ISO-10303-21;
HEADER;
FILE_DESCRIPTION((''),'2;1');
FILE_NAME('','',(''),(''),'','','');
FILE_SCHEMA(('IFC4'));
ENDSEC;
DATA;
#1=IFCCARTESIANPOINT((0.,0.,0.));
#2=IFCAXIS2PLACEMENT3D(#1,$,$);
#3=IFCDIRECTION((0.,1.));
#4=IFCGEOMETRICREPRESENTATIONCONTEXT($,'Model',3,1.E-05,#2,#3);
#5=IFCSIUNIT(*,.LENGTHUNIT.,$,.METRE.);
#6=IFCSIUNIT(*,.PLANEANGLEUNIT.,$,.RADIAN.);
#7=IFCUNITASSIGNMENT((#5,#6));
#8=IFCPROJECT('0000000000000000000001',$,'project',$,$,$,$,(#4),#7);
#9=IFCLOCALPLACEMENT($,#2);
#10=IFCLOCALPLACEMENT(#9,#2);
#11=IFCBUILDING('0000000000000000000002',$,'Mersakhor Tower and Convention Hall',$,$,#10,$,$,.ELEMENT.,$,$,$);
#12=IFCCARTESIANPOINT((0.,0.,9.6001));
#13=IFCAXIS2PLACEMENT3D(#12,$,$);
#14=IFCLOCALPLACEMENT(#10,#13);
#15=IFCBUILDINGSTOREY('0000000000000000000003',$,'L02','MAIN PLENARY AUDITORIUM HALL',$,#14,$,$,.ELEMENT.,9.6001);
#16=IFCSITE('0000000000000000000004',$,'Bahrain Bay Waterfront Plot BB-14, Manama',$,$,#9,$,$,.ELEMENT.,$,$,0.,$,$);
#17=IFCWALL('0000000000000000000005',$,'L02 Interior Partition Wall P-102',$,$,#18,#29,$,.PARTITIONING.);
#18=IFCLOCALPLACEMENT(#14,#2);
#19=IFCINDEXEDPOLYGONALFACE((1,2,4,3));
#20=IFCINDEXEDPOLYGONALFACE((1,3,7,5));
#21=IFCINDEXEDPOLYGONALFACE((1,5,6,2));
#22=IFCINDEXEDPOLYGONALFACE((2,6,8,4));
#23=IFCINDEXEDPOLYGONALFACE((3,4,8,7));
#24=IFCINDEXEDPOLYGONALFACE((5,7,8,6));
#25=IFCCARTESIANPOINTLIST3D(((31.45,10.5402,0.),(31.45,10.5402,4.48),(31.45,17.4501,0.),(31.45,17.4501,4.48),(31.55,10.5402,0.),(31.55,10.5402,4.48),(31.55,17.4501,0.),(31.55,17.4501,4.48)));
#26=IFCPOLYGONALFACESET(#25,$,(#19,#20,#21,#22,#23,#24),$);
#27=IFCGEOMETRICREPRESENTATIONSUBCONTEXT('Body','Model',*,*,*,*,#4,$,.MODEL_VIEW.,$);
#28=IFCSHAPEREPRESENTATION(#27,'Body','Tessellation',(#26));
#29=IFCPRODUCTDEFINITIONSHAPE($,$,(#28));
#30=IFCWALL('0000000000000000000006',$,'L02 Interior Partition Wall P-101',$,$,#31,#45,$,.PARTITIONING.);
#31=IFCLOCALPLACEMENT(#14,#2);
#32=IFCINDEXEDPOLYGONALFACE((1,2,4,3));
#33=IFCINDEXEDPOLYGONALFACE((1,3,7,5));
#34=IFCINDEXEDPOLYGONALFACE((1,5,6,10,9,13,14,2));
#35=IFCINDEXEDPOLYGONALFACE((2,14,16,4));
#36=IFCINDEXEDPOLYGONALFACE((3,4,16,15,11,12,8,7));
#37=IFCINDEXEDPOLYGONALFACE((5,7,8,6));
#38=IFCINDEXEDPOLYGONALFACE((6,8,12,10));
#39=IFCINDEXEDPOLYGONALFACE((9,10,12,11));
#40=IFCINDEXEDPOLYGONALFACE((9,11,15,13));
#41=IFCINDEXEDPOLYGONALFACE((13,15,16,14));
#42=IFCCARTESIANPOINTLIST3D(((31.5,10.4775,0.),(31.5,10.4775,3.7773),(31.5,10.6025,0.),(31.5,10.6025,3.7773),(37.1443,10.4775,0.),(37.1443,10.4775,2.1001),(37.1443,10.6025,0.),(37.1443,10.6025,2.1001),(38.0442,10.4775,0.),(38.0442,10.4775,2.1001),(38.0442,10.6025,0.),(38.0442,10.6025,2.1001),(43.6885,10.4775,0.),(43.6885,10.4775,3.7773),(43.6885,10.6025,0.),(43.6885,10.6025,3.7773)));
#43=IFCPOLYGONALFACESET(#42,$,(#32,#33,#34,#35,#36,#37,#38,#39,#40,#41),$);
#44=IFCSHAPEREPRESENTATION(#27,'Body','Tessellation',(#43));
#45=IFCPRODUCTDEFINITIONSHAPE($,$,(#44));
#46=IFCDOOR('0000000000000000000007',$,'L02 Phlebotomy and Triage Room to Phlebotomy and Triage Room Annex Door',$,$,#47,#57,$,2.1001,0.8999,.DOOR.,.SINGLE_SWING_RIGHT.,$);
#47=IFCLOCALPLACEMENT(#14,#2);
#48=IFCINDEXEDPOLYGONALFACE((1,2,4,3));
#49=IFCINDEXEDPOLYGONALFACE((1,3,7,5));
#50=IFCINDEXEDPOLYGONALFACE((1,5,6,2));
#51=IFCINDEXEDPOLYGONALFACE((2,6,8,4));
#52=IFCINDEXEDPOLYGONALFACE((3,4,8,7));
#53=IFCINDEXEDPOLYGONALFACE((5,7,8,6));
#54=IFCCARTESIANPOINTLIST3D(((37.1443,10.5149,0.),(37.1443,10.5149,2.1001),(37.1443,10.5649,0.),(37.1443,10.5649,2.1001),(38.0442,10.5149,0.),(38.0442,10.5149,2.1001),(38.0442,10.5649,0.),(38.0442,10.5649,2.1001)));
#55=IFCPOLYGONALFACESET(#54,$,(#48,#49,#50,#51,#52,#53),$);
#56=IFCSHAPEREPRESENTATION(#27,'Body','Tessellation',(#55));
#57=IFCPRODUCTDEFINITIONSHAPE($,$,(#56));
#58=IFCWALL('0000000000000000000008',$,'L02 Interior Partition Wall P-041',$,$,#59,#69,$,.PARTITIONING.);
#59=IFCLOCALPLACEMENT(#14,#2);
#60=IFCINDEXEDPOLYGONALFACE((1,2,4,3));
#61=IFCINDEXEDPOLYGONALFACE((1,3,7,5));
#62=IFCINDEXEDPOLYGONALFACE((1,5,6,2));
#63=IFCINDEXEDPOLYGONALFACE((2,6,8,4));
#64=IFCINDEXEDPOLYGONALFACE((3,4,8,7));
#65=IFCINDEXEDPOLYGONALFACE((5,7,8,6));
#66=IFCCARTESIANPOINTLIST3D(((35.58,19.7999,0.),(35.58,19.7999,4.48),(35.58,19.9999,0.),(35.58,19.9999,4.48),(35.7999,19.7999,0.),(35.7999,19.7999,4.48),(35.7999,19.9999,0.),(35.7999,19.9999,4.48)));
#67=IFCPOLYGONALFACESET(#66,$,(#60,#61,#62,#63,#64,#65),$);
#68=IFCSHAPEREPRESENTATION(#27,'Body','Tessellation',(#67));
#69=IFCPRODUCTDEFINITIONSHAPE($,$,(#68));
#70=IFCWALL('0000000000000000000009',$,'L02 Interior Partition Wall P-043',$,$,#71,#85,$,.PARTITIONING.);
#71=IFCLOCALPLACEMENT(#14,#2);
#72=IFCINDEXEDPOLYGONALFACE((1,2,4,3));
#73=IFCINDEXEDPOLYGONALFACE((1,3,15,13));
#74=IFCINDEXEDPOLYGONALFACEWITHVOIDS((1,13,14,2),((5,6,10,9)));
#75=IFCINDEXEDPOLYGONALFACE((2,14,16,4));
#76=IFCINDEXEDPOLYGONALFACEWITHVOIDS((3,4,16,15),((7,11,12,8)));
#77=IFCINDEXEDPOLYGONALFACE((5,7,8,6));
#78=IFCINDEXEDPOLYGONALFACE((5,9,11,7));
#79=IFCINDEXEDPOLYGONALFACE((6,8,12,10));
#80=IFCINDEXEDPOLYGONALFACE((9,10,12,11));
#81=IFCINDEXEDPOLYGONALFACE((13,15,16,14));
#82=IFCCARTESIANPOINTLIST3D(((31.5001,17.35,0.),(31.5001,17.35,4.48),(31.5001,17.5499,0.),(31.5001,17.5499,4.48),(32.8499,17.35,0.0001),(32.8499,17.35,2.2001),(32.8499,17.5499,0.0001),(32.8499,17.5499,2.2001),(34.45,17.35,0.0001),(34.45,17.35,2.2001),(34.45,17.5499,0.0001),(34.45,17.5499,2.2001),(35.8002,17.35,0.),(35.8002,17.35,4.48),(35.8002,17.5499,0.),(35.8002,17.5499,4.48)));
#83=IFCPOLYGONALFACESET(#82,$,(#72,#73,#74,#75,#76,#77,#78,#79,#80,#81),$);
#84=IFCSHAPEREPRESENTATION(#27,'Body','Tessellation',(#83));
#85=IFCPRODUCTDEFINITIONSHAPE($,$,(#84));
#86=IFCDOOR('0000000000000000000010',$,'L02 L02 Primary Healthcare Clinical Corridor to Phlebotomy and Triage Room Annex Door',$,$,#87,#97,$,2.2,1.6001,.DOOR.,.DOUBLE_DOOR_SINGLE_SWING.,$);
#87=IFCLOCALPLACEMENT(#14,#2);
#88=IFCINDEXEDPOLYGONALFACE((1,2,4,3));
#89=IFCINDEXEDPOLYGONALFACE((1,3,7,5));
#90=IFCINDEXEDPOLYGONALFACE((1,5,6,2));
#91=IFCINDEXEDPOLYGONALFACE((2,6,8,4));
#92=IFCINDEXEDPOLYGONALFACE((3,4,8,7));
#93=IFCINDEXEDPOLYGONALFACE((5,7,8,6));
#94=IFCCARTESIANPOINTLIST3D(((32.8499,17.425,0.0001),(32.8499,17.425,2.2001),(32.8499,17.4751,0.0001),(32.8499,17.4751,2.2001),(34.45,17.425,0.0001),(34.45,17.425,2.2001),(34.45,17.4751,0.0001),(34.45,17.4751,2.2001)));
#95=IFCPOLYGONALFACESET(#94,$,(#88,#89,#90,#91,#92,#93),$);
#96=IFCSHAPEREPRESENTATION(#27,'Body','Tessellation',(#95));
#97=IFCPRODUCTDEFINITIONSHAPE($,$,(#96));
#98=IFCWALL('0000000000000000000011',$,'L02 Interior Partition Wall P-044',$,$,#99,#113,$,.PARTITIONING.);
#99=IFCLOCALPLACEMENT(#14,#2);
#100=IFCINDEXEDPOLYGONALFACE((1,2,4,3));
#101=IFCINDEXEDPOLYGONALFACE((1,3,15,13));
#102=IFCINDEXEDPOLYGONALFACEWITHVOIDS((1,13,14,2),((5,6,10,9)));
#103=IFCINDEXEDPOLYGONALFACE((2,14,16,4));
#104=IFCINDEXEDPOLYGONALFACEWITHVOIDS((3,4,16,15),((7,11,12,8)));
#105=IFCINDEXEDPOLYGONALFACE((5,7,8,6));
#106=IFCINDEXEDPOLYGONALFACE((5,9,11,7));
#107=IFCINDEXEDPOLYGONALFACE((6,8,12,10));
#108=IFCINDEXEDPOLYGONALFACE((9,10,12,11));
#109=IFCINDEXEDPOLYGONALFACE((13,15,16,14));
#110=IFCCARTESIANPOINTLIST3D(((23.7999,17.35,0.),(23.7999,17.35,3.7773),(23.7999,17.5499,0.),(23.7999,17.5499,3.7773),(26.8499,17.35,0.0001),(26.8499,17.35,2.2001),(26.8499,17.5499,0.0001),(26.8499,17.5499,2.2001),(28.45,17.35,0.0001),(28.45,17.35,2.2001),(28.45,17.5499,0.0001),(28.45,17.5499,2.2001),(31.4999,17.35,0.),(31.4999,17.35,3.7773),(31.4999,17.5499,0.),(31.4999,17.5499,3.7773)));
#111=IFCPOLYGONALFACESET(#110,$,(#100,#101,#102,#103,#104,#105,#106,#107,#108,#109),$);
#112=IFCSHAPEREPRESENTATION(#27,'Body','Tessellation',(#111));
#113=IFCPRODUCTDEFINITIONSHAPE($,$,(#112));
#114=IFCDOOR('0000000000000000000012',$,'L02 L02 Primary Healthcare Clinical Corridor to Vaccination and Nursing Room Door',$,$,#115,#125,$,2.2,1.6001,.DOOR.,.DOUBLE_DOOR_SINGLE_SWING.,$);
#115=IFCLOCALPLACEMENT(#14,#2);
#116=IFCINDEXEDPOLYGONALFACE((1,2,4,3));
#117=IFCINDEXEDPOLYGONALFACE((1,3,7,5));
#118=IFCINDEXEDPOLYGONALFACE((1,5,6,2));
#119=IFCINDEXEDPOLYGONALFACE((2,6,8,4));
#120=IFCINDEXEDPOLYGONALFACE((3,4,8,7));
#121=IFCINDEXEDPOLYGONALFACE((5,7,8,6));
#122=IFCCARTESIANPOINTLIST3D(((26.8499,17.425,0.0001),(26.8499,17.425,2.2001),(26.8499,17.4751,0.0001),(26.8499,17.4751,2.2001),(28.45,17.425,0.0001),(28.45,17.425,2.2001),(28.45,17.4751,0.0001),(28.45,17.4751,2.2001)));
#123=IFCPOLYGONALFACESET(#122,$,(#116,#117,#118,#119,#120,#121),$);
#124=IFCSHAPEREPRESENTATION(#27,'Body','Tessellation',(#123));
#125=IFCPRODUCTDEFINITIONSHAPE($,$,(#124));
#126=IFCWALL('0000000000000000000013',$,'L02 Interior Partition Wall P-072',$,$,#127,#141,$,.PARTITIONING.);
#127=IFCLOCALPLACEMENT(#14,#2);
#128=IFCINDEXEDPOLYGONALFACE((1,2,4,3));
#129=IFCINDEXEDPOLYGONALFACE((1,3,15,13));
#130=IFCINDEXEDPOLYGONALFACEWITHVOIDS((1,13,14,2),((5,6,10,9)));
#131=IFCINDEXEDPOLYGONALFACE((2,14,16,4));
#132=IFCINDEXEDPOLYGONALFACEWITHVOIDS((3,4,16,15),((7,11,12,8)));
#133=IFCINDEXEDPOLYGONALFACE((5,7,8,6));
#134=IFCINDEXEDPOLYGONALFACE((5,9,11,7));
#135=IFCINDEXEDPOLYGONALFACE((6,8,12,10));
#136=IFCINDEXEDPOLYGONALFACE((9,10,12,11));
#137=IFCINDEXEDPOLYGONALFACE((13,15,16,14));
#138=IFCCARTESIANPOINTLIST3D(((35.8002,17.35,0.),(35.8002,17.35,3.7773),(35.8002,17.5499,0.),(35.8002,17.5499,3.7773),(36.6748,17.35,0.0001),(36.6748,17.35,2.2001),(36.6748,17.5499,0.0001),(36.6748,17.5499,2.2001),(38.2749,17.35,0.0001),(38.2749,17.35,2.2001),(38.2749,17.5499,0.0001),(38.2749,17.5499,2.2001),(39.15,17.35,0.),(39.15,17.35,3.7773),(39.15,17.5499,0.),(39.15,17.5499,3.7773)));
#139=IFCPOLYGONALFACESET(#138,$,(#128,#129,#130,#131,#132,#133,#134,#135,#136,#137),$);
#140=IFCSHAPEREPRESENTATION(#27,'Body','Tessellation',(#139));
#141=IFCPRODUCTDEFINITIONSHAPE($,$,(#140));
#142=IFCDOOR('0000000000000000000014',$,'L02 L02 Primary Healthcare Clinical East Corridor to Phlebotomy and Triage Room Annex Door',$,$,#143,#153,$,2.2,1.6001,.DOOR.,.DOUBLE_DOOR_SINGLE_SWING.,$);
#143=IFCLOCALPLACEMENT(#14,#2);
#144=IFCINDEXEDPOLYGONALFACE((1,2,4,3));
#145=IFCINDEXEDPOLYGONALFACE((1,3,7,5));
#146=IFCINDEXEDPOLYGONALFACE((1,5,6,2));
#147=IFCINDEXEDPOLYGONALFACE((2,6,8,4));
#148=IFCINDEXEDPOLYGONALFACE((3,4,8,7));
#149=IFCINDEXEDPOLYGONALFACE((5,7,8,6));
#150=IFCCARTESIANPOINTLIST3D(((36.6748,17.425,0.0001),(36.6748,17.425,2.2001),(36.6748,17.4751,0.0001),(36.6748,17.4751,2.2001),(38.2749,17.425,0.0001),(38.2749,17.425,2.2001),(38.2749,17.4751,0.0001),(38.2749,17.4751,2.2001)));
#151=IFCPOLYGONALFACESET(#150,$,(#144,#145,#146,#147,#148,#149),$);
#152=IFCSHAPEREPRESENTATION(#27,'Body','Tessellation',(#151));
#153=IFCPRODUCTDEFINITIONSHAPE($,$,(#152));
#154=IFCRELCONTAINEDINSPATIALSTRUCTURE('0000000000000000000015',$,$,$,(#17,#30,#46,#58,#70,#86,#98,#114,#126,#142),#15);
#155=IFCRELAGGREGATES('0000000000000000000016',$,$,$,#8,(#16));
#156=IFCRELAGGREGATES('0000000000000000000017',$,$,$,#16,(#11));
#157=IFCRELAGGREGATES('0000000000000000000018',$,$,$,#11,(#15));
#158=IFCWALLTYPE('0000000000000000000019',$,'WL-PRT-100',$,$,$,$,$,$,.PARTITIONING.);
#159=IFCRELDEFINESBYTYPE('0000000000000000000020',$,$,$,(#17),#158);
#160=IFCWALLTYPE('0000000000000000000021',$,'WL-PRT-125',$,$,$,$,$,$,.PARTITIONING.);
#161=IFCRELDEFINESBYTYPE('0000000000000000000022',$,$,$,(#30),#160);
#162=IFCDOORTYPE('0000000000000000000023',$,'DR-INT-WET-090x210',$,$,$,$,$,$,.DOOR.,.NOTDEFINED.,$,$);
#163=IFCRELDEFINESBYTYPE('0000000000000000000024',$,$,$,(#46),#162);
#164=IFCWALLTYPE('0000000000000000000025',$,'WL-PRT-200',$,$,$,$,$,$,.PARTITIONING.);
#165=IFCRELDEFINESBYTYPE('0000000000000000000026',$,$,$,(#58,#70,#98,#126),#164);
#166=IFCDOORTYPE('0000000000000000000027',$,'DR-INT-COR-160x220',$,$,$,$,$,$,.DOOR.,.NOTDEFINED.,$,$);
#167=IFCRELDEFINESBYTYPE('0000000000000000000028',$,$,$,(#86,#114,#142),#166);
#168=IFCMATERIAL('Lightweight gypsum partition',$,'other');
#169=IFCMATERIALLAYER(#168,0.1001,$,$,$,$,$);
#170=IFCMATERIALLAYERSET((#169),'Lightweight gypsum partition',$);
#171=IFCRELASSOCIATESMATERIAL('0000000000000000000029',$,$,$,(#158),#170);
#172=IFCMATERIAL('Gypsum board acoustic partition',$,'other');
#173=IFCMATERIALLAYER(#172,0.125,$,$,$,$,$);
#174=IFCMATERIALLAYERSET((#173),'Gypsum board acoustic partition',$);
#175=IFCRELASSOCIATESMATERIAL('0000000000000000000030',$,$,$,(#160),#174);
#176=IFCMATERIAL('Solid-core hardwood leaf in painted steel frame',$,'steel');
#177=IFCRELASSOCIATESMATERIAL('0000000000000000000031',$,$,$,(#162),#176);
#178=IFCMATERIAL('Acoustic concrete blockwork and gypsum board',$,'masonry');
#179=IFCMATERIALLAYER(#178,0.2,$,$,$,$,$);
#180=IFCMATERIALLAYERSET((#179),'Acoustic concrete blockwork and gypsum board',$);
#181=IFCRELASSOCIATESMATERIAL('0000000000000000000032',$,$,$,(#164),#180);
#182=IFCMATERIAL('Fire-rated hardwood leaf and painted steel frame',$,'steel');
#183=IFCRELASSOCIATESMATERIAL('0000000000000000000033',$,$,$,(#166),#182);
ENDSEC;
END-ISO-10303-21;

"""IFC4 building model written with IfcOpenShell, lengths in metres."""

from ifc_helpers import new_model, si_unit, direction, frame, frame_2d, origin, place, context, subcontext, project, spatial, rectangle, extrude, material, layer, layer_set, type_object, element, fill, save


model = new_model("IFC4")

# Units and contexts
model_context = context("Model", 3, precision=1e-05, world=origin(), true_north=direction((0.0, 1.0)))
body_context = subcontext(model_context, "Body", "Model", "MODEL_VIEW")
ifc_project = project(units=[si_unit("LENGTHUNIT", "METRE"), si_unit("PLANEANGLEUNIT", "RADIAN")], contexts=[model_context])

# Site, building, storey
site_placement = place(None, origin())
site = spatial("IfcSite", under=ifc_project, at=site_placement, Name="Bahrain Bay Waterfront Plot BB-14, Manama", CompositionType="ELEMENT", RefElevation=0.0)
building_placement = place(site_placement, origin())
building = spatial("IfcBuilding", under=site, at=building_placement, Name="Mersakhor Tower and Convention Hall", CompositionType="ELEMENT")
storey_placement = place(building_placement, frame((0.0, 0.0, 9.6001)))
storey = spatial("IfcBuildingStorey", under=building, at=storey_placement, Name="L02", Description="MAIN PLENARY AUDITORIUM HALL", CompositionType="ELEMENT", Elevation=9.6001)

# Wall
ifc_material_1 = material(Name="Lightweight gypsum partition", Category="other")
ifc_layer_1 = layer(ifc_material_1, 0.1001)
ifc_layer_set_1 = layer_set([ifc_layer_1], Name="Lightweight gypsum partition")
wall_type_1 = type_object("IfcWallType", Name="WL-PRT-100", PredefinedType="PARTITIONING", material=ifc_layer_set_1)
wall_1_placement = place(storey_placement, frame((31.5, 10.54, 0.0), z_axis=(0.0, 0.0, 1.0), x_axis=(0.0, 1.0, 0.0)))
element("IfcWall", 1, at=wall_1_placement, inside=storey, type_object=wall_type_1, Name="L02 Interior Partition Wall P-102", PredefinedType="PARTITIONING", context=body_context, shape_type="SweptSolid", body=[
    extrude(rectangle(XDim=6.9099, YDim=0.1001, at=frame_2d((3.4551, 0.0))), origin(), (0.0, 0.0, 1.0), 4.48),
])

# Wall, opening, door
ifc_material_2 = material(Name="Gypsum board acoustic partition", Category="other")
ifc_layer_2 = layer(ifc_material_2, 0.125)
ifc_layer_set_2 = layer_set([ifc_layer_2], Name="Gypsum board acoustic partition")
wall_type_2 = type_object("IfcWallType", Name="WL-PRT-125", PredefinedType="PARTITIONING", material=ifc_layer_set_2)
wall_2_placement = place(storey_placement, frame((31.5, 10.54, 0.0), z_axis=(0.0, 0.0, 1.0), x_axis=(1.0, 0.0, 0.0)))
wall_2 = element("IfcWall", 2, at=wall_2_placement, inside=storey, type_object=wall_type_2, Name="L02 Interior Partition Wall P-101", PredefinedType="PARTITIONING", context=body_context, shape_type="SweptSolid", body=[
    extrude(rectangle(XDim=12.1885, YDim=0.125, at=frame_2d((6.0942, 0.0))), origin(), (0.0, 0.0, 1.0), 3.7773),
])
opening_1_placement = place(wall_2_placement, frame((5.6443, 0.0, 0.0)))
opening_1 = element("IfcOpeningElement", 3, at=opening_1_placement, cuts=wall_2, PredefinedType="OPENING", context=body_context, shape_type="SweptSolid", body=[
    extrude(rectangle(XDim=0.8999, YDim=2.1001, at=frame_2d((0.45, 1.05))), frame((0.0, 0.0725, 0.0), z_axis=(0.0, -1.0, 0.0), x_axis=(1.0, 0.0, 0.0)), (0.0, 0.0, 1.0), 0.145),
])
ifc_material_3 = material(Name="Solid-core hardwood leaf in painted steel frame", Category="steel")
door_type_1 = type_object("IfcDoorType", Name="DR-INT-WET-090x210", OperationType="NOTDEFINED", PredefinedType="DOOR", material=ifc_material_3)
door_1_placement = place(opening_1_placement, origin())
door_1 = element("IfcDoor", 4, at=door_1_placement, inside=storey, type_object=door_type_1, Name="L02 Phlebotomy and Triage Room to Phlebotomy and Triage Room Annex Door", OperationType="SINGLE_SWING_RIGHT", OverallHeight=2.1001, OverallWidth=0.8999, PredefinedType="DOOR", context=body_context, shape_type="SweptSolid", body=[
    extrude(rectangle(XDim=0.8999, YDim=2.1001, at=frame_2d((0.45, 1.05))), frame((0.0, 0.0249, 0.0), z_axis=(0.0, -1.0, 0.0), x_axis=(1.0, 0.0, 0.0)), (0.0, 0.0, 1.0), 0.05),
])
fill(opening_1, door_1)

# Wall
ifc_material_4 = material(Name="Acoustic concrete blockwork and gypsum board", Category="masonry")
ifc_layer_3 = layer(ifc_material_4, 0.2)
ifc_layer_set_3 = layer_set([ifc_layer_3], Name="Acoustic concrete blockwork and gypsum board")
wall_type_3 = type_object("IfcWallType", Name="WL-PRT-200", PredefinedType="PARTITIONING", material=ifc_layer_set_3)
wall_3_placement = place(storey_placement, frame((35.5801, 19.8999, 0.0), z_axis=(0.0, 0.0, 1.0), x_axis=(1.0, 0.0, 0.0)))
element("IfcWall", 5, at=wall_3_placement, inside=storey, type_object=wall_type_3, Name="L02 Interior Partition Wall P-041", PredefinedType="PARTITIONING", context=body_context, shape_type="SweptSolid", body=[
    extrude(rectangle(XDim=0.22, YDim=0.2, at=frame_2d((0.1099, 0.0))), origin(), (0.0, 0.0, 1.0), 4.48),
])

# Walls, openings, doors
wall_4_placement = place(storey_placement, frame((35.8, 17.45, 0.0), z_axis=(0.0, 0.0, 1.0), x_axis=(-1.0, 0.0, 0.0)))
wall_4 = element("IfcWall", 6, at=wall_4_placement, inside=storey, type_object=wall_type_3, Name="L02 Interior Partition Wall P-043", PredefinedType="PARTITIONING", context=body_context, shape_type="SweptSolid", body=[
    extrude(rectangle(XDim=4.3, YDim=0.2, at=frame_2d((2.1499, 0.0))), origin(), (0.0, 0.0, 1.0), 4.48),
])
opening_2_placement = place(wall_4_placement, frame((1.3501, 0.0, 0.0)))
opening_2 = element("IfcOpeningElement", 7, at=opening_2_placement, cuts=wall_4, PredefinedType="OPENING", context=body_context, shape_type="SweptSolid", body=[
    extrude(rectangle(XDim=1.6001, YDim=2.2, at=frame_2d((0.8, 1.1001))), frame((0.0, 0.1099, 0.0), z_axis=(0.0, -1.0, 0.0), x_axis=(1.0, 0.0, 0.0)), (0.0, 0.0, 1.0), 0.22),
])
ifc_material_5 = material(Name="Fire-rated hardwood leaf and painted steel frame", Category="steel")
door_type_2 = type_object("IfcDoorType", Name="DR-INT-COR-160x220", OperationType="NOTDEFINED", PredefinedType="DOOR", material=ifc_material_5)
door_2_placement = place(opening_2_placement, origin())
door_2 = element("IfcDoor", 8, at=door_2_placement, inside=storey, type_object=door_type_2, Name="L02 L02 Primary Healthcare Clinical Corridor to Phlebotomy and Triage Room Annex Door", OperationType="DOUBLE_DOOR_SINGLE_SWING", OverallHeight=2.2, OverallWidth=1.6001, PredefinedType="DOOR", context=body_context, shape_type="SweptSolid", body=[
    extrude(rectangle(XDim=1.6001, YDim=2.2, at=frame_2d((0.8, 1.1001))), frame((0.0, 0.0249, 0.0), z_axis=(0.0, -1.0, 0.0), x_axis=(1.0, 0.0, 0.0)), (0.0, 0.0, 1.0), 0.05),
])
fill(opening_2, door_2)
wall_5_placement = place(storey_placement, frame((31.5, 17.45, 0.0), z_axis=(0.0, 0.0, 1.0), x_axis=(-1.0, 0.0, 0.0)))
wall_5 = element("IfcWall", 9, at=wall_5_placement, inside=storey, type_object=wall_type_3, Name="L02 Interior Partition Wall P-044", PredefinedType="PARTITIONING", context=body_context, shape_type="SweptSolid", body=[
    extrude(rectangle(XDim=7.7, YDim=0.2, at=frame_2d((3.8501, 0.0))), origin(), (0.0, 0.0, 1.0), 3.7773),
])
opening_3_placement = place(wall_5_placement, frame((3.05, 0.0, 0.0)))
opening_3 = element("IfcOpeningElement", 10, at=opening_3_placement, cuts=wall_5, PredefinedType="OPENING", context=body_context, shape_type="SweptSolid", body=[
    extrude(rectangle(XDim=1.6001, YDim=2.2, at=frame_2d((0.8, 1.1001))), frame((0.0, 0.1099, 0.0), z_axis=(0.0, -1.0, 0.0), x_axis=(1.0, 0.0, 0.0)), (0.0, 0.0, 1.0), 0.22),
])
door_3_placement = place(opening_3_placement, origin())
door_3 = element("IfcDoor", 11, at=door_3_placement, inside=storey, type_object=door_type_2, Name="L02 L02 Primary Healthcare Clinical Corridor to Vaccination and Nursing Room Door", OperationType="DOUBLE_DOOR_SINGLE_SWING", OverallHeight=2.2, OverallWidth=1.6001, PredefinedType="DOOR", context=body_context, shape_type="SweptSolid", body=[
    extrude(rectangle(XDim=1.6001, YDim=2.2, at=frame_2d((0.8, 1.1001))), frame((0.0, 0.0249, 0.0), z_axis=(0.0, -1.0, 0.0), x_axis=(1.0, 0.0, 0.0)), (0.0, 0.0, 1.0), 0.05),
])
fill(opening_3, door_3)
wall_6_placement = place(storey_placement, frame((39.1499, 17.45, 0.0), z_axis=(0.0, 0.0, 1.0), x_axis=(-1.0, 0.0, 0.0)))
wall_6 = element("IfcWall", 12, at=wall_6_placement, inside=storey, type_object=wall_type_3, Name="L02 Interior Partition Wall P-072", PredefinedType="PARTITIONING", context=body_context, shape_type="SweptSolid", body=[
    extrude(rectangle(XDim=3.3499, YDim=0.2, at=frame_2d((1.6748, 0.0))), origin(), (0.0, 0.0, 1.0), 3.7773),
])
opening_4_placement = place(wall_6_placement, frame((0.875, 0.0, 0.0)))
opening_4 = element("IfcOpeningElement", 13, at=opening_4_placement, cuts=wall_6, PredefinedType="OPENING", context=body_context, shape_type="SweptSolid", body=[
    extrude(rectangle(XDim=1.6001, YDim=2.2, at=frame_2d((0.8, 1.1001))), frame((0.0, 0.1099, 0.0), z_axis=(0.0, -1.0, 0.0), x_axis=(1.0, 0.0, 0.0)), (0.0, 0.0, 1.0), 0.22),
])
door_4_placement = place(opening_4_placement, origin())
door_4 = element("IfcDoor", 14, at=door_4_placement, inside=storey, type_object=door_type_2, Name="L02 L02 Primary Healthcare Clinical East Corridor to Phlebotomy and Triage Room Annex Door", OperationType="DOUBLE_DOOR_SINGLE_SWING", OverallHeight=2.2, OverallWidth=1.6001, PredefinedType="DOOR", context=body_context, shape_type="SweptSolid", body=[
    extrude(rectangle(XDim=1.6001, YDim=2.2, at=frame_2d((0.8, 1.1001))), frame((0.0, 0.0249, 0.0), z_axis=(0.0, -1.0, 0.0), x_axis=(1.0, 0.0, 0.0)), (0.0, 0.0, 1.0), 0.05),
])
fill(opening_4, door_4)

save(model, "model.ifc")
